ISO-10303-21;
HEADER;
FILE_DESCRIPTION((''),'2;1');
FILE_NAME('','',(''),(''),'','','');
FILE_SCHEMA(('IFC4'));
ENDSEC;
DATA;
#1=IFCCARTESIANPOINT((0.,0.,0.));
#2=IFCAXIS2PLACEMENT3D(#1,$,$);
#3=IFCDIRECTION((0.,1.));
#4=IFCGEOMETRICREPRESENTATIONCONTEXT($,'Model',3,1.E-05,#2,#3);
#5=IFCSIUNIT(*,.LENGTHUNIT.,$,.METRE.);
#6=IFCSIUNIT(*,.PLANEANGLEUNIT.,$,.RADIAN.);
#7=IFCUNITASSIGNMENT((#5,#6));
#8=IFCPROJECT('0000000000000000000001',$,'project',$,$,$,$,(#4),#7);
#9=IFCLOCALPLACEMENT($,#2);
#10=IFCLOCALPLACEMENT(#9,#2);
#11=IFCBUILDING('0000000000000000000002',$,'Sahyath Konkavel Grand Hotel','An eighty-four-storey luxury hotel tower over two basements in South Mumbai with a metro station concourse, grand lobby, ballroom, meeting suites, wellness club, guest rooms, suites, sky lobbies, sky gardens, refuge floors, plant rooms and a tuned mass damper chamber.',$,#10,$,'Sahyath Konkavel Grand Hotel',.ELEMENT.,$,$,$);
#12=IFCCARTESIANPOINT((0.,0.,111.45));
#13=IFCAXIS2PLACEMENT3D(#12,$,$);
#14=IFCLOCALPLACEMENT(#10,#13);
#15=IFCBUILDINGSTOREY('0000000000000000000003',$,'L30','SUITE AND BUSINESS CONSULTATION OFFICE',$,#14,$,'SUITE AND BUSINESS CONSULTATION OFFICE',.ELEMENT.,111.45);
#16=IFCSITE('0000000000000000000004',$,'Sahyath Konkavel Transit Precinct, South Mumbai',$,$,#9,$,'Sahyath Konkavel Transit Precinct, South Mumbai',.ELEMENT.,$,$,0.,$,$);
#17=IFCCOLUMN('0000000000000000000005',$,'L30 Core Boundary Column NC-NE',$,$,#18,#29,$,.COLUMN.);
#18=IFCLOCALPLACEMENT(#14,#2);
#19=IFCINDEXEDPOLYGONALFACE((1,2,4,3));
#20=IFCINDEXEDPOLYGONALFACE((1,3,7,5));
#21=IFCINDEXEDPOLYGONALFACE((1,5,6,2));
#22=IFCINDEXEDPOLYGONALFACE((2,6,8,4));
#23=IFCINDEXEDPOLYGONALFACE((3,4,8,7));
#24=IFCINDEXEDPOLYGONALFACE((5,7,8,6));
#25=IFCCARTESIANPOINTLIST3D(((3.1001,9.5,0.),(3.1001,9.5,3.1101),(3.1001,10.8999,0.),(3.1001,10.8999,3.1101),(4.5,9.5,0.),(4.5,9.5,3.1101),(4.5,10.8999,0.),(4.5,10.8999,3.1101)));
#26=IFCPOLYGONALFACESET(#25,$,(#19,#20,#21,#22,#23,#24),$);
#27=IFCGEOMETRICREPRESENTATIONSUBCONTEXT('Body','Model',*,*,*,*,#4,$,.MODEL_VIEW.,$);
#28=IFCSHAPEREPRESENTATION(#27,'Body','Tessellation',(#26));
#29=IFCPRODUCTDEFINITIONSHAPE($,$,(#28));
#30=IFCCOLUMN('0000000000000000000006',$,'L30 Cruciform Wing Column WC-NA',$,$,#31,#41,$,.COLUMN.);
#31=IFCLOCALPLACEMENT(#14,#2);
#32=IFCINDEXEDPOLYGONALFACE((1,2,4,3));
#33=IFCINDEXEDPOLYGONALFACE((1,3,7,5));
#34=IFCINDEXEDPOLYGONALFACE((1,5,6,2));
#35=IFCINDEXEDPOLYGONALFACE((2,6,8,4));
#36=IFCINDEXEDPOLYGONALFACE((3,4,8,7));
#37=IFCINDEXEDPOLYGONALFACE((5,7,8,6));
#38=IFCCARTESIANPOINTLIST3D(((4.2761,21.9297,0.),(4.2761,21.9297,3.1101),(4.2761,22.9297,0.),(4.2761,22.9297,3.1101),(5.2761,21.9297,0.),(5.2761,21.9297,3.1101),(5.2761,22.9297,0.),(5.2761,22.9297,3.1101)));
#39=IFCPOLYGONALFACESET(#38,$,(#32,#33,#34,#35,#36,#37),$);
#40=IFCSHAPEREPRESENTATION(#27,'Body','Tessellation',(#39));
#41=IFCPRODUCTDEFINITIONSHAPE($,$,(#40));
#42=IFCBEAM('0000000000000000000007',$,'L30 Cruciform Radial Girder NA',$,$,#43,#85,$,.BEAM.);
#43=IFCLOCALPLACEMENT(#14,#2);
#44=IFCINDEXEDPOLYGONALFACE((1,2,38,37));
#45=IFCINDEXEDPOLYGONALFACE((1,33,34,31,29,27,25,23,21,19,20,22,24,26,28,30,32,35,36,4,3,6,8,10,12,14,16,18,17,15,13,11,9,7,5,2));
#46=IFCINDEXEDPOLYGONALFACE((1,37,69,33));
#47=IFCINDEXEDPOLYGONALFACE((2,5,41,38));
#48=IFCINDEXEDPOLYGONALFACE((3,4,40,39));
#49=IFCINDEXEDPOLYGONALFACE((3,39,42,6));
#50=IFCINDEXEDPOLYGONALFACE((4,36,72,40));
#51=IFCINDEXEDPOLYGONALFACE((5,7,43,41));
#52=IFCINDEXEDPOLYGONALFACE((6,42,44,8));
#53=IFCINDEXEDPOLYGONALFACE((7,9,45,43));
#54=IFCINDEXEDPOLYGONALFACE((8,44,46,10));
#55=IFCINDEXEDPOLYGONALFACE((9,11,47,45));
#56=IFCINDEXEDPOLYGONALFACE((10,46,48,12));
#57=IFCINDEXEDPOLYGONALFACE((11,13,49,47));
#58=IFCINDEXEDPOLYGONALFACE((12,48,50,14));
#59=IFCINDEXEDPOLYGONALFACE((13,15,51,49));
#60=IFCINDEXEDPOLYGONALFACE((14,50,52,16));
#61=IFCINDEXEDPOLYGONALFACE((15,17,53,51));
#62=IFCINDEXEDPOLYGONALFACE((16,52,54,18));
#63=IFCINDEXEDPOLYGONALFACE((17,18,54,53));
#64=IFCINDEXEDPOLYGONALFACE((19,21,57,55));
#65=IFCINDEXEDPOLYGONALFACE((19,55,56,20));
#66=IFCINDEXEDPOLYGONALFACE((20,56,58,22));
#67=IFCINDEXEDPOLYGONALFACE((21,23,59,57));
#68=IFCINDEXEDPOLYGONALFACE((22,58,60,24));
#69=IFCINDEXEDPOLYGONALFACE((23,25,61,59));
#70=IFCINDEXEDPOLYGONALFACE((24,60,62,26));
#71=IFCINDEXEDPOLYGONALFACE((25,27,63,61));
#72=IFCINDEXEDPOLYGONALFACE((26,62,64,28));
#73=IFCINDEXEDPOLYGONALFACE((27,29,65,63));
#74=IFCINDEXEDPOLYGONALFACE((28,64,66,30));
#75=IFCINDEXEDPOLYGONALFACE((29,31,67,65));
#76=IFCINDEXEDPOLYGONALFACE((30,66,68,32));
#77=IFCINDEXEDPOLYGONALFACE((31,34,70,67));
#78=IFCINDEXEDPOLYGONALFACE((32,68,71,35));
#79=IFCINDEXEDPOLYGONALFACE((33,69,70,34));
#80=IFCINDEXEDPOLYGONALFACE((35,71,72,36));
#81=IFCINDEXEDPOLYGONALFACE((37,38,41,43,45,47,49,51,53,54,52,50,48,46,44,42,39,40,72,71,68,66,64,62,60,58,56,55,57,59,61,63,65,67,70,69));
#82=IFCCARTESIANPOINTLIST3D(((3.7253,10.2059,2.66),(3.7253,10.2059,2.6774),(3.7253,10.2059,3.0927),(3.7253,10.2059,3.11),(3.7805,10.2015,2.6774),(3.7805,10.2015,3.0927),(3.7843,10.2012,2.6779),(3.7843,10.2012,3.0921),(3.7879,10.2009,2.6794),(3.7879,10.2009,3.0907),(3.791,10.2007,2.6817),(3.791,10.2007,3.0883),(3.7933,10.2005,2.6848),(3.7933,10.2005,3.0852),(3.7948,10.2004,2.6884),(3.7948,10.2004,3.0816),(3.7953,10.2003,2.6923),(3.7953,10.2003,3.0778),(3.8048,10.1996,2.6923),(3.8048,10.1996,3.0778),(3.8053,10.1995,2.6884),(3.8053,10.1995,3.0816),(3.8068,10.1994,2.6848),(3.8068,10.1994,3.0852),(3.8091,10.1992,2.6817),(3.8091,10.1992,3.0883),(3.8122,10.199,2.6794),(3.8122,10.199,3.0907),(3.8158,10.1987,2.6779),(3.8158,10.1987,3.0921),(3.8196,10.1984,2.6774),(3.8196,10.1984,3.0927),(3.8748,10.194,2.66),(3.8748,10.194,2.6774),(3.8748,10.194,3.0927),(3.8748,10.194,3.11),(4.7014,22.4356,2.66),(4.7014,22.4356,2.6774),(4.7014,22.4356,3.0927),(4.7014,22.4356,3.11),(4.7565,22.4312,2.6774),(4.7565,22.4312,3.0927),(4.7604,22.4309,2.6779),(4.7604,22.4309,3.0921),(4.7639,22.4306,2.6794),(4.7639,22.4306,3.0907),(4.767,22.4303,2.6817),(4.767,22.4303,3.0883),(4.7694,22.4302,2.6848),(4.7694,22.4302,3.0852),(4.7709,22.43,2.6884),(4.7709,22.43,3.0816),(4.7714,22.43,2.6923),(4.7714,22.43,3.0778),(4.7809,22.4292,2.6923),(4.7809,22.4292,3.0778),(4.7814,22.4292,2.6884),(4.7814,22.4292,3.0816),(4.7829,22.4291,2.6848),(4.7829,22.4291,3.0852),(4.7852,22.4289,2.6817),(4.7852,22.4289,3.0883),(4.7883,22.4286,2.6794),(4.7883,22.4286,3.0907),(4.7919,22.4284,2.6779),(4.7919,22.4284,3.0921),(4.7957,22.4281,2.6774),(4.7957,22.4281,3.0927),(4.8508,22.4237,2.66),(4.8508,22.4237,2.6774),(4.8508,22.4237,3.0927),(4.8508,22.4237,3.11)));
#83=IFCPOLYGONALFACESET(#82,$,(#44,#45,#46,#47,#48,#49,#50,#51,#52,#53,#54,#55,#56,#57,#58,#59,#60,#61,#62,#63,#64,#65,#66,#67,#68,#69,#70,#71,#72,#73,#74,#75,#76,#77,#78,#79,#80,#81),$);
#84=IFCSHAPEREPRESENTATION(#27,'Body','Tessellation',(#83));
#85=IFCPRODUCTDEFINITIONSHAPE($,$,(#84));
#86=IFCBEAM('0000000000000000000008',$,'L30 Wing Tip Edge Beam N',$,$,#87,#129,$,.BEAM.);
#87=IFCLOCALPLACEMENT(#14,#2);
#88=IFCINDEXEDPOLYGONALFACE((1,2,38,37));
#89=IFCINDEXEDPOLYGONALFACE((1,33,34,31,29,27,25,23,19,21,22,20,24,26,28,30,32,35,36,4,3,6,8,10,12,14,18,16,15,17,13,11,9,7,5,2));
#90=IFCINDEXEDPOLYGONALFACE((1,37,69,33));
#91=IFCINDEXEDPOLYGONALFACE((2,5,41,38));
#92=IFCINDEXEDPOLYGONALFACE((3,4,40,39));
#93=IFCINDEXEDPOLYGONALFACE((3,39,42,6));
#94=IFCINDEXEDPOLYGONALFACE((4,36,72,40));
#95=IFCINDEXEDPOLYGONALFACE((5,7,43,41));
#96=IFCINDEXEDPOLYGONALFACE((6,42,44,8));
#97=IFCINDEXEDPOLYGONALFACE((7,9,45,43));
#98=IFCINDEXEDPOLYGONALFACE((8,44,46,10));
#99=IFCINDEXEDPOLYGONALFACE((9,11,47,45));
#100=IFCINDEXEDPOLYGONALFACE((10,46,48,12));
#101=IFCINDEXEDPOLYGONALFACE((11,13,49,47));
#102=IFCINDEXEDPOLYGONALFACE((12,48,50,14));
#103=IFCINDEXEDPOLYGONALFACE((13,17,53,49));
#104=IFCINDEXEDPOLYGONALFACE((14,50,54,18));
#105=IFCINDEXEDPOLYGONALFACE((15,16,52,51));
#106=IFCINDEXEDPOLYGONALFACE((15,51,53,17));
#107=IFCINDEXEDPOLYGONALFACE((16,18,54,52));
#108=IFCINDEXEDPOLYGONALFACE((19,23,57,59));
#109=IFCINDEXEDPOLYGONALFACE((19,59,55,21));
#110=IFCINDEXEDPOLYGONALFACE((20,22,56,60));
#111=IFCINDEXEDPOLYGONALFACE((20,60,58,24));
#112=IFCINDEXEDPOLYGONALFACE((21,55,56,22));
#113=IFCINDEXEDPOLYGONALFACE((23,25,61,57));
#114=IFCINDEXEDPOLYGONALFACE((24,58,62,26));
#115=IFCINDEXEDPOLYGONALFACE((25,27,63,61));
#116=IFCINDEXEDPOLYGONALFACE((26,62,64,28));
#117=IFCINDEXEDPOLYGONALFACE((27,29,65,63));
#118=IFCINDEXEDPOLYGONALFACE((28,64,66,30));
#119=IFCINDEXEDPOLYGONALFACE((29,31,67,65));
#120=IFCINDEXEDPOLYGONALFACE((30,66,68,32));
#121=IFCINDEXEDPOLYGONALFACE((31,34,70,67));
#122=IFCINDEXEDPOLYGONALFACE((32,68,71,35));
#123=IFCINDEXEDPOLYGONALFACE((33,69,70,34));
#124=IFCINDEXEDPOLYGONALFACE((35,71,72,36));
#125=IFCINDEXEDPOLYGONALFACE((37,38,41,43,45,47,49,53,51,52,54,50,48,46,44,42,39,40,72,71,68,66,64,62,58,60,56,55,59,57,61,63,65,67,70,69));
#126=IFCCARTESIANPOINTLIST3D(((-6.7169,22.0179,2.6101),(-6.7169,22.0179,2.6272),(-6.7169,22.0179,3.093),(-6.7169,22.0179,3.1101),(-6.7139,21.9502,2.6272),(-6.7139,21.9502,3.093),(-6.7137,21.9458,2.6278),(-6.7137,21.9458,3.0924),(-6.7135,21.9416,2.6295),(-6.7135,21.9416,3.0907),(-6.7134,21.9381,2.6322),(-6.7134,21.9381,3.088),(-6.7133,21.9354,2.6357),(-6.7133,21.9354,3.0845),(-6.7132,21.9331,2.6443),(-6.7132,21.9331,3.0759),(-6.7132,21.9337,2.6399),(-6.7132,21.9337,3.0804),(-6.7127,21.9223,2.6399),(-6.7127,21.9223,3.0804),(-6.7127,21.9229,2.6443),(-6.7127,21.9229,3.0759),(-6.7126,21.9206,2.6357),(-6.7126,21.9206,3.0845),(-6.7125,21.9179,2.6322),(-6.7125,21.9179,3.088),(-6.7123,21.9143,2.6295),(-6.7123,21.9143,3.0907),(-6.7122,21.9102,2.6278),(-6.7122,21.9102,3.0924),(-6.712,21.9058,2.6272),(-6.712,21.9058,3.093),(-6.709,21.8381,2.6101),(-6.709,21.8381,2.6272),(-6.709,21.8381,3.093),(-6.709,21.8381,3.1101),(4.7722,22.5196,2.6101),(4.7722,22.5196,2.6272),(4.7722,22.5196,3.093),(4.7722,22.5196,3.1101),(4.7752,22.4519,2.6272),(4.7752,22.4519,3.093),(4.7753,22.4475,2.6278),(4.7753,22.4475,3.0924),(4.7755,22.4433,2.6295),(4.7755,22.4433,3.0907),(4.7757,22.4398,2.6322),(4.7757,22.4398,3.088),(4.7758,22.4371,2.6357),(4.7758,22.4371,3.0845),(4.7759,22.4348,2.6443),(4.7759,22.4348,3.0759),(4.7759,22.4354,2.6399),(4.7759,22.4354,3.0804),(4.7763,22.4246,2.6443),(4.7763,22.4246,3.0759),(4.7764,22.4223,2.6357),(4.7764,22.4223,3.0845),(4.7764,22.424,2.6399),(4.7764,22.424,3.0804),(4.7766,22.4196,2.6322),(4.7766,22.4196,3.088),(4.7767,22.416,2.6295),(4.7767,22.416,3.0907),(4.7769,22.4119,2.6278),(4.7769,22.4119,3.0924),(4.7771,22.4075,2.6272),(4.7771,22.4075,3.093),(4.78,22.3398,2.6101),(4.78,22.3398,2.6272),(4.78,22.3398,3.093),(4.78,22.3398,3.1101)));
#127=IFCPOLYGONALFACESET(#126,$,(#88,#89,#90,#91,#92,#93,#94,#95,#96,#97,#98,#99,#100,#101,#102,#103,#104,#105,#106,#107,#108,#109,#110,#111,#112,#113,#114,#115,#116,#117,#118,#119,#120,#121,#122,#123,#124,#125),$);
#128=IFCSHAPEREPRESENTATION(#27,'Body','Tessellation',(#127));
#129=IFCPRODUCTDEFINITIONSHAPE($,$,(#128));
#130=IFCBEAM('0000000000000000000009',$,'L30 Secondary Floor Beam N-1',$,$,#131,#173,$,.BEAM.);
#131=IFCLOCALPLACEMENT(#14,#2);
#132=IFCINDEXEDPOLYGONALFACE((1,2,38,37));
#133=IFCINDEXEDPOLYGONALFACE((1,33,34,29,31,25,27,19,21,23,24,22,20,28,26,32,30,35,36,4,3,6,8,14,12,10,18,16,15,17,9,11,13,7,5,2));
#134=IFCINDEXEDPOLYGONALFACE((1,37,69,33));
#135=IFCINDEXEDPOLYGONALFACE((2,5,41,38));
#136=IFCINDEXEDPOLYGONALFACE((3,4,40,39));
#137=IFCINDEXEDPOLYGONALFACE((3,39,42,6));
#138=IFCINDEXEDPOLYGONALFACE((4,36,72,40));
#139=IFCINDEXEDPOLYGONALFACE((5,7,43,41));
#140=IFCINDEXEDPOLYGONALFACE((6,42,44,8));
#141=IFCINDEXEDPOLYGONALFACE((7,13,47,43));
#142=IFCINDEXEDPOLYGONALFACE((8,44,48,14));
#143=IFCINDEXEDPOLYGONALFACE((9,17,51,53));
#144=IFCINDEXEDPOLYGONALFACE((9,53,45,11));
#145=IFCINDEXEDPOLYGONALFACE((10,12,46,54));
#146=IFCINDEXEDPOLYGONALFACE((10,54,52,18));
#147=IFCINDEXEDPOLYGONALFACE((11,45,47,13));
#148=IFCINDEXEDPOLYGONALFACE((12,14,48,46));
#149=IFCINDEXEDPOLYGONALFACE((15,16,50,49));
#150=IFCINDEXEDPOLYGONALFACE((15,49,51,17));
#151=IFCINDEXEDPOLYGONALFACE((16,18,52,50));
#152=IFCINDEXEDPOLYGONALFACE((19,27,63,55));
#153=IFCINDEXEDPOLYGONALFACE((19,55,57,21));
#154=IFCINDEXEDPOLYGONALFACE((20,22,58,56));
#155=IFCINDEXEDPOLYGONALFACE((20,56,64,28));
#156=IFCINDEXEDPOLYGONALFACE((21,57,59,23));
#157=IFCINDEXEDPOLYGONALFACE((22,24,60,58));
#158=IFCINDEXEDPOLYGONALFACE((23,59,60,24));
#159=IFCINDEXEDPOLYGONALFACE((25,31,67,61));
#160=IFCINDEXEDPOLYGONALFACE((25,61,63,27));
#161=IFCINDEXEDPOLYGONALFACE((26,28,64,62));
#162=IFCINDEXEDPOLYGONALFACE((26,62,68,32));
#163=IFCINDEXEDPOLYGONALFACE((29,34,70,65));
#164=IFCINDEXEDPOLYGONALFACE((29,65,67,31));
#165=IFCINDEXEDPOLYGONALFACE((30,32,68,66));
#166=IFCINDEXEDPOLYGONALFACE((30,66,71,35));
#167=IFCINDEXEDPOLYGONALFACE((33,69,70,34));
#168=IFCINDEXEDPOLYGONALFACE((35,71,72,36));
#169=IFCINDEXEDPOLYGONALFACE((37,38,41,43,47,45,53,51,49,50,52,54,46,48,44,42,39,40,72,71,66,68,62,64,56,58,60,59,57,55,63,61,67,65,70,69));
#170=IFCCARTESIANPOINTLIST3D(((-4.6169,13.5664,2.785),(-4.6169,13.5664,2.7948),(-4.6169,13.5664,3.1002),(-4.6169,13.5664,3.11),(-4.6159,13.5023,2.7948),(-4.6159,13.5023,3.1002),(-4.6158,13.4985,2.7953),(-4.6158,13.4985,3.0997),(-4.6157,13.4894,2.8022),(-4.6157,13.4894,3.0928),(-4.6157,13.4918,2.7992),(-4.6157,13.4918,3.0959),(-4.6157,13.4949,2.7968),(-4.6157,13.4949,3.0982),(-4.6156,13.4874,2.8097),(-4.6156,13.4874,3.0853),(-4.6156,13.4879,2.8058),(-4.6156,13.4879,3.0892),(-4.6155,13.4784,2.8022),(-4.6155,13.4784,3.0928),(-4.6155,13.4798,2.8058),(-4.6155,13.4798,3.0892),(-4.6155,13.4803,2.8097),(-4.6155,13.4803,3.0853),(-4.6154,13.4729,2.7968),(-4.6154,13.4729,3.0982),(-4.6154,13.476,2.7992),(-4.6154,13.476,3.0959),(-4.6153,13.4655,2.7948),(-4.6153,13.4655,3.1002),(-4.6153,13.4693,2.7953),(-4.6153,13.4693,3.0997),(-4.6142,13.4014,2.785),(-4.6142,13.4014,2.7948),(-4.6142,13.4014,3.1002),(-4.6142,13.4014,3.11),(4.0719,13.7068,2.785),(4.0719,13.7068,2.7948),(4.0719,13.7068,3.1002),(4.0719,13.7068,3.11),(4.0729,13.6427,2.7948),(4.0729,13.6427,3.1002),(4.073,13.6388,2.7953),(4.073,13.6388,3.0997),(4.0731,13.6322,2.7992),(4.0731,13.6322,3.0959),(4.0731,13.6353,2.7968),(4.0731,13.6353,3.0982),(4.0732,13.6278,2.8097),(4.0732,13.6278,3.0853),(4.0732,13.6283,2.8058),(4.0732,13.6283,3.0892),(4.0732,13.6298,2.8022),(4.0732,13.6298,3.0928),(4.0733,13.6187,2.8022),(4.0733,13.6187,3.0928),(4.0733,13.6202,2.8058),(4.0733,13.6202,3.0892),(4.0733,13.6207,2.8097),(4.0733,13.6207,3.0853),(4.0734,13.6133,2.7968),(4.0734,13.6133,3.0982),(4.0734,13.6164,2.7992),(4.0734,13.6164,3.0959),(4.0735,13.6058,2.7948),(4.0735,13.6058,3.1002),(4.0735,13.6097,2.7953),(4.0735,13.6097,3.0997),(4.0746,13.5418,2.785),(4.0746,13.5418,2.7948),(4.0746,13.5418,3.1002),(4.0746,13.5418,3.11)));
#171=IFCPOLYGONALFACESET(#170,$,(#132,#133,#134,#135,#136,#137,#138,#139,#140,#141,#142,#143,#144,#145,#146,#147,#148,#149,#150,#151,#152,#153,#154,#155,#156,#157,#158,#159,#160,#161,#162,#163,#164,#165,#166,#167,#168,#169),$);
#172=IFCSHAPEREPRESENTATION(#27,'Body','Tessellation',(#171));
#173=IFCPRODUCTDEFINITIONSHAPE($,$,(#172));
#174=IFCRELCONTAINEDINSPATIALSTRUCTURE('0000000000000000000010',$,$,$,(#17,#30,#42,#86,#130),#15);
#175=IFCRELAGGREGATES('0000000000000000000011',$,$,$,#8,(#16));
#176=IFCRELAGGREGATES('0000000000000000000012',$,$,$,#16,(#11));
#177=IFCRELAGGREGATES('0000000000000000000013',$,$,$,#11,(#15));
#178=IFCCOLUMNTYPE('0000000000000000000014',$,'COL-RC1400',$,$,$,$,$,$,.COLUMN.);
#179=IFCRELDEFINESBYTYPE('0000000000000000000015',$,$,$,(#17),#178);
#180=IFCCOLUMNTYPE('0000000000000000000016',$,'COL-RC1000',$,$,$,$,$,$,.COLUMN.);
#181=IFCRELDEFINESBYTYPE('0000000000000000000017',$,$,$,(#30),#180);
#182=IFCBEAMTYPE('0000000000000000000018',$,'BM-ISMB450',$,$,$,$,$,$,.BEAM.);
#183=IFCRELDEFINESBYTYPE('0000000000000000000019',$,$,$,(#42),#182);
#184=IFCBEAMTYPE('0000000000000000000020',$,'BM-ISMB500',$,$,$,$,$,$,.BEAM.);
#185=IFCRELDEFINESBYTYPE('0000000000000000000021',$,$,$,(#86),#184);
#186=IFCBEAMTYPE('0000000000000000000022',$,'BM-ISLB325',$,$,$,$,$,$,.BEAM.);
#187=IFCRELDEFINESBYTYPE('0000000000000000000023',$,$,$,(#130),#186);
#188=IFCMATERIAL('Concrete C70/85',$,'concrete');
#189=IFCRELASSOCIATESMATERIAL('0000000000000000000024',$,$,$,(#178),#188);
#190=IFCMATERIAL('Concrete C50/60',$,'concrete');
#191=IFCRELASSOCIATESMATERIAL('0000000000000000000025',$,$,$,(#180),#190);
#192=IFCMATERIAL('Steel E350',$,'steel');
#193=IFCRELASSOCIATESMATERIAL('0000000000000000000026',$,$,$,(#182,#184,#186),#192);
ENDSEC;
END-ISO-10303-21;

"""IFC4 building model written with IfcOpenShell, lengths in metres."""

from ifc_helpers import new_model, si_unit, direction, frame, origin, origin_2d, place, context, subcontext, project, spatial, rectangle, i_section, extrude, source, transform, mapped, material, material_profile, profile_set, type_object, element, save


model = new_model("IFC4")

# Units and contexts
model_context = context("Model", 3, precision=1e-05, world=origin(), true_north=direction((0.0, 1.0)))
body_context = subcontext(model_context, "Body", "Model", "MODEL_VIEW")
ifc_project = project(units=[si_unit("LENGTHUNIT", "METRE"), si_unit("PLANEANGLEUNIT", "RADIAN")], contexts=[model_context])

# Site, building, storey
site_placement = place(None, origin())
site = spatial("IfcSite", under=ifc_project, at=site_placement, Name="Sahyath Konkavel Transit Precinct, South Mumbai", LongName="Sahyath Konkavel Transit Precinct, South Mumbai", CompositionType="ELEMENT", RefElevation=0.0)
building_placement = place(site_placement, origin())
building = spatial("IfcBuilding", under=site, at=building_placement, Name="Sahyath Konkavel Grand Hotel", Description="An eighty-four-storey luxury hotel tower over two basements in South Mumbai with a metro station concourse, grand lobby, ballroom, meeting suites, wellness club, guest rooms, suites, sky lobbies, sky gardens, refuge floors, plant rooms and a tuned mass damper chamber.", LongName="Sahyath Konkavel Grand Hotel", CompositionType="ELEMENT")
storey_placement = place(building_placement, frame((0.0, 0.0, 111.45)))
storey = spatial("IfcBuildingStorey", under=building, at=storey_placement, Name="L30", Description="SUITE AND BUSINESS CONSULTATION OFFICE", LongName="SUITE AND BUSINESS CONSULTATION OFFICE", CompositionType="ELEMENT", Elevation=111.45)

# Columns
ifc_material_1 = material(Name="Concrete C70/85", Category="concrete")
ifc_material_profile_1 = material_profile(ifc_material_1, rectangle(XDim=1.3999, YDim=1.3999, at=origin_2d()), Name="RC 1400x1400")
ifc_profile_set_1 = profile_set([ifc_material_profile_1], Name="Concrete C70/85")
column_type_1 = type_object("IfcColumnType", Name="COL-RC1400", PredefinedType="COLUMN", material=ifc_profile_set_1)
shared_shape_1 = source(origin(), body_context, "Body", "SweptSolid", [
    extrude(rectangle(XDim=1.3999, YDim=1.3999, at=origin_2d()), origin(), (0.0, 0.0, 1.0), 3.1101),
])
column_1_placement = place(storey_placement, frame((3.8, 10.2, 0.0), z_axis=(0.0, 0.0, 1.0), x_axis=(1.0, 0.0, 0.0)))
element("IfcColumn", 1, at=column_1_placement, inside=storey, type_object=column_type_1, Name="L30 Core Boundary Column NC-NE", PredefinedType="COLUMN", context=body_context, shape_type="MappedRepresentation", body=[
    mapped(shared_shape_1, transform((0.0, 0.0, 0.0), scale=1.0)),
])
ifc_material_2 = material(Name="Concrete C50/60", Category="concrete")
ifc_material_profile_2 = material_profile(ifc_material_2, rectangle(XDim=1.0, YDim=1.0, at=origin_2d()), Name="RC 1000x1000")
ifc_profile_set_2 = profile_set([ifc_material_profile_2], Name="Concrete C50/60")
column_type_2 = type_object("IfcColumnType", Name="COL-RC1000", PredefinedType="COLUMN", material=ifc_profile_set_2)
shared_shape_2 = source(origin(), body_context, "Body", "SweptSolid", [
    extrude(rectangle(XDim=1.0, YDim=1.0, at=origin_2d()), origin(), (0.0, 0.0, 1.0), 3.1101),
])
column_2_placement = place(storey_placement, frame((4.7761, 22.4297, 0.0), z_axis=(0.0, 0.0, 1.0), x_axis=(1.0, 0.0, 0.0)))
element("IfcColumn", 2, at=column_2_placement, inside=storey, type_object=column_type_2, Name="L30 Cruciform Wing Column WC-NA", PredefinedType="COLUMN", context=body_context, shape_type="MappedRepresentation", body=[
    mapped(shared_shape_2, transform((0.0, 0.0, 0.0), scale=1.0)),
])

# Beams
ifc_material_3 = material(Name="Steel E350", Category="steel")
ifc_material_profile_3 = material_profile(ifc_material_3, i_section(OverallWidth=0.1499, OverallDepth=0.45, WebThickness=0.0095, FlangeThickness=0.0173, FilletRadius=0.0149, at=origin_2d()), Name="ISMB 450")
ifc_profile_set_3 = profile_set([ifc_material_profile_3], Name="Steel E350")
beam_type_1 = type_object("IfcBeamType", Name="BM-ISMB450", PredefinedType="BEAM", material=ifc_profile_set_3)
shared_shape_3 = source(origin(), body_context, "Body", "SweptSolid", [
    extrude(i_section(OverallWidth=0.1499, OverallDepth=0.45, WebThickness=0.0095, FlangeThickness=0.0173, FilletRadius=0.0149, at=origin_2d()), origin(), (0.0, 0.0, 1.0), 12.2686),
])
beam_1_placement = place(storey_placement, frame((3.8, 10.2, 2.885), z_axis=(0.079559, 0.99683, 0.0), x_axis=(-0.99683, 0.079559, 0.0)))
element("IfcBeam", 3, at=beam_1_placement, inside=storey, type_object=beam_type_1, Name="L30 Cruciform Radial Girder NA", PredefinedType="BEAM", context=body_context, shape_type="MappedRepresentation", body=[
    mapped(shared_shape_3, transform((0.0, 0.0, 0.0), scale=1.0)),
])
ifc_material_profile_4 = material_profile(ifc_material_3, i_section(OverallWidth=0.1799, OverallDepth=0.5, WebThickness=0.0103, FlangeThickness=0.0171, FilletRadius=0.0171, at=origin_2d()), Name="ISMB 500")
ifc_profile_set_4 = profile_set([ifc_material_profile_4], Name="Steel E350")
beam_type_2 = type_object("IfcBeamType", Name="BM-ISMB500", PredefinedType="BEAM", material=ifc_profile_set_4)
shared_shape_4 = source(origin(), body_context, "Body", "SweptSolid", [
    extrude(i_section(OverallWidth=0.1799, OverallDepth=0.5, WebThickness=0.0103, FlangeThickness=0.0171, FilletRadius=0.0171, at=origin_2d()), origin(), (0.0, 0.0, 1.0), 11.5),
])
beam_2_placement = place(storey_placement, frame((4.7761, 22.4297, 2.8601), z_axis=(-0.999048, -0.043627, 0.0), x_axis=(0.043627, -0.999048, 0.0)))
element("IfcBeam", 4, at=beam_2_placement, inside=storey, type_object=beam_type_2, Name="L30 Wing Tip Edge Beam N", PredefinedType="BEAM", context=body_context, shape_type="MappedRepresentation", body=[
    mapped(shared_shape_4, transform((0.0, 0.0, 0.0), scale=1.0)),
])
ifc_material_profile_5 = material_profile(ifc_material_3, i_section(OverallWidth=0.165, OverallDepth=0.325, WebThickness=0.0071, FlangeThickness=0.0098, FilletRadius=0.0149, at=origin_2d()), Name="ISLB 325")
ifc_profile_set_5 = profile_set([ifc_material_profile_5], Name="Steel E350")
beam_type_3 = type_object("IfcBeamType", Name="BM-ISLB325", PredefinedType="BEAM", material=ifc_profile_set_5)
shared_shape_5 = source(origin(), body_context, "Body", "SweptSolid", [
    extrude(i_section(OverallWidth=0.165, OverallDepth=0.325, WebThickness=0.0071, FlangeThickness=0.0098, FilletRadius=0.0149, at=origin_2d()), origin(), (0.0, 0.0, 1.0), 8.6899),
])
beam_3_placement = place(storey_placement, frame((4.0732, 13.6243, 2.9475), z_axis=(-0.99987, -0.016155, 0.0), x_axis=(0.016155, -0.99987, 0.0)))
element("IfcBeam", 5, at=beam_3_placement, inside=storey, type_object=beam_type_3, Name="L30 Secondary Floor Beam N-1", PredefinedType="BEAM", context=body_context, shape_type="MappedRepresentation", body=[
    mapped(shared_shape_5, transform((0.0, 0.0, 0.0), scale=1.0)),
])

save(model, "model.ifc")
